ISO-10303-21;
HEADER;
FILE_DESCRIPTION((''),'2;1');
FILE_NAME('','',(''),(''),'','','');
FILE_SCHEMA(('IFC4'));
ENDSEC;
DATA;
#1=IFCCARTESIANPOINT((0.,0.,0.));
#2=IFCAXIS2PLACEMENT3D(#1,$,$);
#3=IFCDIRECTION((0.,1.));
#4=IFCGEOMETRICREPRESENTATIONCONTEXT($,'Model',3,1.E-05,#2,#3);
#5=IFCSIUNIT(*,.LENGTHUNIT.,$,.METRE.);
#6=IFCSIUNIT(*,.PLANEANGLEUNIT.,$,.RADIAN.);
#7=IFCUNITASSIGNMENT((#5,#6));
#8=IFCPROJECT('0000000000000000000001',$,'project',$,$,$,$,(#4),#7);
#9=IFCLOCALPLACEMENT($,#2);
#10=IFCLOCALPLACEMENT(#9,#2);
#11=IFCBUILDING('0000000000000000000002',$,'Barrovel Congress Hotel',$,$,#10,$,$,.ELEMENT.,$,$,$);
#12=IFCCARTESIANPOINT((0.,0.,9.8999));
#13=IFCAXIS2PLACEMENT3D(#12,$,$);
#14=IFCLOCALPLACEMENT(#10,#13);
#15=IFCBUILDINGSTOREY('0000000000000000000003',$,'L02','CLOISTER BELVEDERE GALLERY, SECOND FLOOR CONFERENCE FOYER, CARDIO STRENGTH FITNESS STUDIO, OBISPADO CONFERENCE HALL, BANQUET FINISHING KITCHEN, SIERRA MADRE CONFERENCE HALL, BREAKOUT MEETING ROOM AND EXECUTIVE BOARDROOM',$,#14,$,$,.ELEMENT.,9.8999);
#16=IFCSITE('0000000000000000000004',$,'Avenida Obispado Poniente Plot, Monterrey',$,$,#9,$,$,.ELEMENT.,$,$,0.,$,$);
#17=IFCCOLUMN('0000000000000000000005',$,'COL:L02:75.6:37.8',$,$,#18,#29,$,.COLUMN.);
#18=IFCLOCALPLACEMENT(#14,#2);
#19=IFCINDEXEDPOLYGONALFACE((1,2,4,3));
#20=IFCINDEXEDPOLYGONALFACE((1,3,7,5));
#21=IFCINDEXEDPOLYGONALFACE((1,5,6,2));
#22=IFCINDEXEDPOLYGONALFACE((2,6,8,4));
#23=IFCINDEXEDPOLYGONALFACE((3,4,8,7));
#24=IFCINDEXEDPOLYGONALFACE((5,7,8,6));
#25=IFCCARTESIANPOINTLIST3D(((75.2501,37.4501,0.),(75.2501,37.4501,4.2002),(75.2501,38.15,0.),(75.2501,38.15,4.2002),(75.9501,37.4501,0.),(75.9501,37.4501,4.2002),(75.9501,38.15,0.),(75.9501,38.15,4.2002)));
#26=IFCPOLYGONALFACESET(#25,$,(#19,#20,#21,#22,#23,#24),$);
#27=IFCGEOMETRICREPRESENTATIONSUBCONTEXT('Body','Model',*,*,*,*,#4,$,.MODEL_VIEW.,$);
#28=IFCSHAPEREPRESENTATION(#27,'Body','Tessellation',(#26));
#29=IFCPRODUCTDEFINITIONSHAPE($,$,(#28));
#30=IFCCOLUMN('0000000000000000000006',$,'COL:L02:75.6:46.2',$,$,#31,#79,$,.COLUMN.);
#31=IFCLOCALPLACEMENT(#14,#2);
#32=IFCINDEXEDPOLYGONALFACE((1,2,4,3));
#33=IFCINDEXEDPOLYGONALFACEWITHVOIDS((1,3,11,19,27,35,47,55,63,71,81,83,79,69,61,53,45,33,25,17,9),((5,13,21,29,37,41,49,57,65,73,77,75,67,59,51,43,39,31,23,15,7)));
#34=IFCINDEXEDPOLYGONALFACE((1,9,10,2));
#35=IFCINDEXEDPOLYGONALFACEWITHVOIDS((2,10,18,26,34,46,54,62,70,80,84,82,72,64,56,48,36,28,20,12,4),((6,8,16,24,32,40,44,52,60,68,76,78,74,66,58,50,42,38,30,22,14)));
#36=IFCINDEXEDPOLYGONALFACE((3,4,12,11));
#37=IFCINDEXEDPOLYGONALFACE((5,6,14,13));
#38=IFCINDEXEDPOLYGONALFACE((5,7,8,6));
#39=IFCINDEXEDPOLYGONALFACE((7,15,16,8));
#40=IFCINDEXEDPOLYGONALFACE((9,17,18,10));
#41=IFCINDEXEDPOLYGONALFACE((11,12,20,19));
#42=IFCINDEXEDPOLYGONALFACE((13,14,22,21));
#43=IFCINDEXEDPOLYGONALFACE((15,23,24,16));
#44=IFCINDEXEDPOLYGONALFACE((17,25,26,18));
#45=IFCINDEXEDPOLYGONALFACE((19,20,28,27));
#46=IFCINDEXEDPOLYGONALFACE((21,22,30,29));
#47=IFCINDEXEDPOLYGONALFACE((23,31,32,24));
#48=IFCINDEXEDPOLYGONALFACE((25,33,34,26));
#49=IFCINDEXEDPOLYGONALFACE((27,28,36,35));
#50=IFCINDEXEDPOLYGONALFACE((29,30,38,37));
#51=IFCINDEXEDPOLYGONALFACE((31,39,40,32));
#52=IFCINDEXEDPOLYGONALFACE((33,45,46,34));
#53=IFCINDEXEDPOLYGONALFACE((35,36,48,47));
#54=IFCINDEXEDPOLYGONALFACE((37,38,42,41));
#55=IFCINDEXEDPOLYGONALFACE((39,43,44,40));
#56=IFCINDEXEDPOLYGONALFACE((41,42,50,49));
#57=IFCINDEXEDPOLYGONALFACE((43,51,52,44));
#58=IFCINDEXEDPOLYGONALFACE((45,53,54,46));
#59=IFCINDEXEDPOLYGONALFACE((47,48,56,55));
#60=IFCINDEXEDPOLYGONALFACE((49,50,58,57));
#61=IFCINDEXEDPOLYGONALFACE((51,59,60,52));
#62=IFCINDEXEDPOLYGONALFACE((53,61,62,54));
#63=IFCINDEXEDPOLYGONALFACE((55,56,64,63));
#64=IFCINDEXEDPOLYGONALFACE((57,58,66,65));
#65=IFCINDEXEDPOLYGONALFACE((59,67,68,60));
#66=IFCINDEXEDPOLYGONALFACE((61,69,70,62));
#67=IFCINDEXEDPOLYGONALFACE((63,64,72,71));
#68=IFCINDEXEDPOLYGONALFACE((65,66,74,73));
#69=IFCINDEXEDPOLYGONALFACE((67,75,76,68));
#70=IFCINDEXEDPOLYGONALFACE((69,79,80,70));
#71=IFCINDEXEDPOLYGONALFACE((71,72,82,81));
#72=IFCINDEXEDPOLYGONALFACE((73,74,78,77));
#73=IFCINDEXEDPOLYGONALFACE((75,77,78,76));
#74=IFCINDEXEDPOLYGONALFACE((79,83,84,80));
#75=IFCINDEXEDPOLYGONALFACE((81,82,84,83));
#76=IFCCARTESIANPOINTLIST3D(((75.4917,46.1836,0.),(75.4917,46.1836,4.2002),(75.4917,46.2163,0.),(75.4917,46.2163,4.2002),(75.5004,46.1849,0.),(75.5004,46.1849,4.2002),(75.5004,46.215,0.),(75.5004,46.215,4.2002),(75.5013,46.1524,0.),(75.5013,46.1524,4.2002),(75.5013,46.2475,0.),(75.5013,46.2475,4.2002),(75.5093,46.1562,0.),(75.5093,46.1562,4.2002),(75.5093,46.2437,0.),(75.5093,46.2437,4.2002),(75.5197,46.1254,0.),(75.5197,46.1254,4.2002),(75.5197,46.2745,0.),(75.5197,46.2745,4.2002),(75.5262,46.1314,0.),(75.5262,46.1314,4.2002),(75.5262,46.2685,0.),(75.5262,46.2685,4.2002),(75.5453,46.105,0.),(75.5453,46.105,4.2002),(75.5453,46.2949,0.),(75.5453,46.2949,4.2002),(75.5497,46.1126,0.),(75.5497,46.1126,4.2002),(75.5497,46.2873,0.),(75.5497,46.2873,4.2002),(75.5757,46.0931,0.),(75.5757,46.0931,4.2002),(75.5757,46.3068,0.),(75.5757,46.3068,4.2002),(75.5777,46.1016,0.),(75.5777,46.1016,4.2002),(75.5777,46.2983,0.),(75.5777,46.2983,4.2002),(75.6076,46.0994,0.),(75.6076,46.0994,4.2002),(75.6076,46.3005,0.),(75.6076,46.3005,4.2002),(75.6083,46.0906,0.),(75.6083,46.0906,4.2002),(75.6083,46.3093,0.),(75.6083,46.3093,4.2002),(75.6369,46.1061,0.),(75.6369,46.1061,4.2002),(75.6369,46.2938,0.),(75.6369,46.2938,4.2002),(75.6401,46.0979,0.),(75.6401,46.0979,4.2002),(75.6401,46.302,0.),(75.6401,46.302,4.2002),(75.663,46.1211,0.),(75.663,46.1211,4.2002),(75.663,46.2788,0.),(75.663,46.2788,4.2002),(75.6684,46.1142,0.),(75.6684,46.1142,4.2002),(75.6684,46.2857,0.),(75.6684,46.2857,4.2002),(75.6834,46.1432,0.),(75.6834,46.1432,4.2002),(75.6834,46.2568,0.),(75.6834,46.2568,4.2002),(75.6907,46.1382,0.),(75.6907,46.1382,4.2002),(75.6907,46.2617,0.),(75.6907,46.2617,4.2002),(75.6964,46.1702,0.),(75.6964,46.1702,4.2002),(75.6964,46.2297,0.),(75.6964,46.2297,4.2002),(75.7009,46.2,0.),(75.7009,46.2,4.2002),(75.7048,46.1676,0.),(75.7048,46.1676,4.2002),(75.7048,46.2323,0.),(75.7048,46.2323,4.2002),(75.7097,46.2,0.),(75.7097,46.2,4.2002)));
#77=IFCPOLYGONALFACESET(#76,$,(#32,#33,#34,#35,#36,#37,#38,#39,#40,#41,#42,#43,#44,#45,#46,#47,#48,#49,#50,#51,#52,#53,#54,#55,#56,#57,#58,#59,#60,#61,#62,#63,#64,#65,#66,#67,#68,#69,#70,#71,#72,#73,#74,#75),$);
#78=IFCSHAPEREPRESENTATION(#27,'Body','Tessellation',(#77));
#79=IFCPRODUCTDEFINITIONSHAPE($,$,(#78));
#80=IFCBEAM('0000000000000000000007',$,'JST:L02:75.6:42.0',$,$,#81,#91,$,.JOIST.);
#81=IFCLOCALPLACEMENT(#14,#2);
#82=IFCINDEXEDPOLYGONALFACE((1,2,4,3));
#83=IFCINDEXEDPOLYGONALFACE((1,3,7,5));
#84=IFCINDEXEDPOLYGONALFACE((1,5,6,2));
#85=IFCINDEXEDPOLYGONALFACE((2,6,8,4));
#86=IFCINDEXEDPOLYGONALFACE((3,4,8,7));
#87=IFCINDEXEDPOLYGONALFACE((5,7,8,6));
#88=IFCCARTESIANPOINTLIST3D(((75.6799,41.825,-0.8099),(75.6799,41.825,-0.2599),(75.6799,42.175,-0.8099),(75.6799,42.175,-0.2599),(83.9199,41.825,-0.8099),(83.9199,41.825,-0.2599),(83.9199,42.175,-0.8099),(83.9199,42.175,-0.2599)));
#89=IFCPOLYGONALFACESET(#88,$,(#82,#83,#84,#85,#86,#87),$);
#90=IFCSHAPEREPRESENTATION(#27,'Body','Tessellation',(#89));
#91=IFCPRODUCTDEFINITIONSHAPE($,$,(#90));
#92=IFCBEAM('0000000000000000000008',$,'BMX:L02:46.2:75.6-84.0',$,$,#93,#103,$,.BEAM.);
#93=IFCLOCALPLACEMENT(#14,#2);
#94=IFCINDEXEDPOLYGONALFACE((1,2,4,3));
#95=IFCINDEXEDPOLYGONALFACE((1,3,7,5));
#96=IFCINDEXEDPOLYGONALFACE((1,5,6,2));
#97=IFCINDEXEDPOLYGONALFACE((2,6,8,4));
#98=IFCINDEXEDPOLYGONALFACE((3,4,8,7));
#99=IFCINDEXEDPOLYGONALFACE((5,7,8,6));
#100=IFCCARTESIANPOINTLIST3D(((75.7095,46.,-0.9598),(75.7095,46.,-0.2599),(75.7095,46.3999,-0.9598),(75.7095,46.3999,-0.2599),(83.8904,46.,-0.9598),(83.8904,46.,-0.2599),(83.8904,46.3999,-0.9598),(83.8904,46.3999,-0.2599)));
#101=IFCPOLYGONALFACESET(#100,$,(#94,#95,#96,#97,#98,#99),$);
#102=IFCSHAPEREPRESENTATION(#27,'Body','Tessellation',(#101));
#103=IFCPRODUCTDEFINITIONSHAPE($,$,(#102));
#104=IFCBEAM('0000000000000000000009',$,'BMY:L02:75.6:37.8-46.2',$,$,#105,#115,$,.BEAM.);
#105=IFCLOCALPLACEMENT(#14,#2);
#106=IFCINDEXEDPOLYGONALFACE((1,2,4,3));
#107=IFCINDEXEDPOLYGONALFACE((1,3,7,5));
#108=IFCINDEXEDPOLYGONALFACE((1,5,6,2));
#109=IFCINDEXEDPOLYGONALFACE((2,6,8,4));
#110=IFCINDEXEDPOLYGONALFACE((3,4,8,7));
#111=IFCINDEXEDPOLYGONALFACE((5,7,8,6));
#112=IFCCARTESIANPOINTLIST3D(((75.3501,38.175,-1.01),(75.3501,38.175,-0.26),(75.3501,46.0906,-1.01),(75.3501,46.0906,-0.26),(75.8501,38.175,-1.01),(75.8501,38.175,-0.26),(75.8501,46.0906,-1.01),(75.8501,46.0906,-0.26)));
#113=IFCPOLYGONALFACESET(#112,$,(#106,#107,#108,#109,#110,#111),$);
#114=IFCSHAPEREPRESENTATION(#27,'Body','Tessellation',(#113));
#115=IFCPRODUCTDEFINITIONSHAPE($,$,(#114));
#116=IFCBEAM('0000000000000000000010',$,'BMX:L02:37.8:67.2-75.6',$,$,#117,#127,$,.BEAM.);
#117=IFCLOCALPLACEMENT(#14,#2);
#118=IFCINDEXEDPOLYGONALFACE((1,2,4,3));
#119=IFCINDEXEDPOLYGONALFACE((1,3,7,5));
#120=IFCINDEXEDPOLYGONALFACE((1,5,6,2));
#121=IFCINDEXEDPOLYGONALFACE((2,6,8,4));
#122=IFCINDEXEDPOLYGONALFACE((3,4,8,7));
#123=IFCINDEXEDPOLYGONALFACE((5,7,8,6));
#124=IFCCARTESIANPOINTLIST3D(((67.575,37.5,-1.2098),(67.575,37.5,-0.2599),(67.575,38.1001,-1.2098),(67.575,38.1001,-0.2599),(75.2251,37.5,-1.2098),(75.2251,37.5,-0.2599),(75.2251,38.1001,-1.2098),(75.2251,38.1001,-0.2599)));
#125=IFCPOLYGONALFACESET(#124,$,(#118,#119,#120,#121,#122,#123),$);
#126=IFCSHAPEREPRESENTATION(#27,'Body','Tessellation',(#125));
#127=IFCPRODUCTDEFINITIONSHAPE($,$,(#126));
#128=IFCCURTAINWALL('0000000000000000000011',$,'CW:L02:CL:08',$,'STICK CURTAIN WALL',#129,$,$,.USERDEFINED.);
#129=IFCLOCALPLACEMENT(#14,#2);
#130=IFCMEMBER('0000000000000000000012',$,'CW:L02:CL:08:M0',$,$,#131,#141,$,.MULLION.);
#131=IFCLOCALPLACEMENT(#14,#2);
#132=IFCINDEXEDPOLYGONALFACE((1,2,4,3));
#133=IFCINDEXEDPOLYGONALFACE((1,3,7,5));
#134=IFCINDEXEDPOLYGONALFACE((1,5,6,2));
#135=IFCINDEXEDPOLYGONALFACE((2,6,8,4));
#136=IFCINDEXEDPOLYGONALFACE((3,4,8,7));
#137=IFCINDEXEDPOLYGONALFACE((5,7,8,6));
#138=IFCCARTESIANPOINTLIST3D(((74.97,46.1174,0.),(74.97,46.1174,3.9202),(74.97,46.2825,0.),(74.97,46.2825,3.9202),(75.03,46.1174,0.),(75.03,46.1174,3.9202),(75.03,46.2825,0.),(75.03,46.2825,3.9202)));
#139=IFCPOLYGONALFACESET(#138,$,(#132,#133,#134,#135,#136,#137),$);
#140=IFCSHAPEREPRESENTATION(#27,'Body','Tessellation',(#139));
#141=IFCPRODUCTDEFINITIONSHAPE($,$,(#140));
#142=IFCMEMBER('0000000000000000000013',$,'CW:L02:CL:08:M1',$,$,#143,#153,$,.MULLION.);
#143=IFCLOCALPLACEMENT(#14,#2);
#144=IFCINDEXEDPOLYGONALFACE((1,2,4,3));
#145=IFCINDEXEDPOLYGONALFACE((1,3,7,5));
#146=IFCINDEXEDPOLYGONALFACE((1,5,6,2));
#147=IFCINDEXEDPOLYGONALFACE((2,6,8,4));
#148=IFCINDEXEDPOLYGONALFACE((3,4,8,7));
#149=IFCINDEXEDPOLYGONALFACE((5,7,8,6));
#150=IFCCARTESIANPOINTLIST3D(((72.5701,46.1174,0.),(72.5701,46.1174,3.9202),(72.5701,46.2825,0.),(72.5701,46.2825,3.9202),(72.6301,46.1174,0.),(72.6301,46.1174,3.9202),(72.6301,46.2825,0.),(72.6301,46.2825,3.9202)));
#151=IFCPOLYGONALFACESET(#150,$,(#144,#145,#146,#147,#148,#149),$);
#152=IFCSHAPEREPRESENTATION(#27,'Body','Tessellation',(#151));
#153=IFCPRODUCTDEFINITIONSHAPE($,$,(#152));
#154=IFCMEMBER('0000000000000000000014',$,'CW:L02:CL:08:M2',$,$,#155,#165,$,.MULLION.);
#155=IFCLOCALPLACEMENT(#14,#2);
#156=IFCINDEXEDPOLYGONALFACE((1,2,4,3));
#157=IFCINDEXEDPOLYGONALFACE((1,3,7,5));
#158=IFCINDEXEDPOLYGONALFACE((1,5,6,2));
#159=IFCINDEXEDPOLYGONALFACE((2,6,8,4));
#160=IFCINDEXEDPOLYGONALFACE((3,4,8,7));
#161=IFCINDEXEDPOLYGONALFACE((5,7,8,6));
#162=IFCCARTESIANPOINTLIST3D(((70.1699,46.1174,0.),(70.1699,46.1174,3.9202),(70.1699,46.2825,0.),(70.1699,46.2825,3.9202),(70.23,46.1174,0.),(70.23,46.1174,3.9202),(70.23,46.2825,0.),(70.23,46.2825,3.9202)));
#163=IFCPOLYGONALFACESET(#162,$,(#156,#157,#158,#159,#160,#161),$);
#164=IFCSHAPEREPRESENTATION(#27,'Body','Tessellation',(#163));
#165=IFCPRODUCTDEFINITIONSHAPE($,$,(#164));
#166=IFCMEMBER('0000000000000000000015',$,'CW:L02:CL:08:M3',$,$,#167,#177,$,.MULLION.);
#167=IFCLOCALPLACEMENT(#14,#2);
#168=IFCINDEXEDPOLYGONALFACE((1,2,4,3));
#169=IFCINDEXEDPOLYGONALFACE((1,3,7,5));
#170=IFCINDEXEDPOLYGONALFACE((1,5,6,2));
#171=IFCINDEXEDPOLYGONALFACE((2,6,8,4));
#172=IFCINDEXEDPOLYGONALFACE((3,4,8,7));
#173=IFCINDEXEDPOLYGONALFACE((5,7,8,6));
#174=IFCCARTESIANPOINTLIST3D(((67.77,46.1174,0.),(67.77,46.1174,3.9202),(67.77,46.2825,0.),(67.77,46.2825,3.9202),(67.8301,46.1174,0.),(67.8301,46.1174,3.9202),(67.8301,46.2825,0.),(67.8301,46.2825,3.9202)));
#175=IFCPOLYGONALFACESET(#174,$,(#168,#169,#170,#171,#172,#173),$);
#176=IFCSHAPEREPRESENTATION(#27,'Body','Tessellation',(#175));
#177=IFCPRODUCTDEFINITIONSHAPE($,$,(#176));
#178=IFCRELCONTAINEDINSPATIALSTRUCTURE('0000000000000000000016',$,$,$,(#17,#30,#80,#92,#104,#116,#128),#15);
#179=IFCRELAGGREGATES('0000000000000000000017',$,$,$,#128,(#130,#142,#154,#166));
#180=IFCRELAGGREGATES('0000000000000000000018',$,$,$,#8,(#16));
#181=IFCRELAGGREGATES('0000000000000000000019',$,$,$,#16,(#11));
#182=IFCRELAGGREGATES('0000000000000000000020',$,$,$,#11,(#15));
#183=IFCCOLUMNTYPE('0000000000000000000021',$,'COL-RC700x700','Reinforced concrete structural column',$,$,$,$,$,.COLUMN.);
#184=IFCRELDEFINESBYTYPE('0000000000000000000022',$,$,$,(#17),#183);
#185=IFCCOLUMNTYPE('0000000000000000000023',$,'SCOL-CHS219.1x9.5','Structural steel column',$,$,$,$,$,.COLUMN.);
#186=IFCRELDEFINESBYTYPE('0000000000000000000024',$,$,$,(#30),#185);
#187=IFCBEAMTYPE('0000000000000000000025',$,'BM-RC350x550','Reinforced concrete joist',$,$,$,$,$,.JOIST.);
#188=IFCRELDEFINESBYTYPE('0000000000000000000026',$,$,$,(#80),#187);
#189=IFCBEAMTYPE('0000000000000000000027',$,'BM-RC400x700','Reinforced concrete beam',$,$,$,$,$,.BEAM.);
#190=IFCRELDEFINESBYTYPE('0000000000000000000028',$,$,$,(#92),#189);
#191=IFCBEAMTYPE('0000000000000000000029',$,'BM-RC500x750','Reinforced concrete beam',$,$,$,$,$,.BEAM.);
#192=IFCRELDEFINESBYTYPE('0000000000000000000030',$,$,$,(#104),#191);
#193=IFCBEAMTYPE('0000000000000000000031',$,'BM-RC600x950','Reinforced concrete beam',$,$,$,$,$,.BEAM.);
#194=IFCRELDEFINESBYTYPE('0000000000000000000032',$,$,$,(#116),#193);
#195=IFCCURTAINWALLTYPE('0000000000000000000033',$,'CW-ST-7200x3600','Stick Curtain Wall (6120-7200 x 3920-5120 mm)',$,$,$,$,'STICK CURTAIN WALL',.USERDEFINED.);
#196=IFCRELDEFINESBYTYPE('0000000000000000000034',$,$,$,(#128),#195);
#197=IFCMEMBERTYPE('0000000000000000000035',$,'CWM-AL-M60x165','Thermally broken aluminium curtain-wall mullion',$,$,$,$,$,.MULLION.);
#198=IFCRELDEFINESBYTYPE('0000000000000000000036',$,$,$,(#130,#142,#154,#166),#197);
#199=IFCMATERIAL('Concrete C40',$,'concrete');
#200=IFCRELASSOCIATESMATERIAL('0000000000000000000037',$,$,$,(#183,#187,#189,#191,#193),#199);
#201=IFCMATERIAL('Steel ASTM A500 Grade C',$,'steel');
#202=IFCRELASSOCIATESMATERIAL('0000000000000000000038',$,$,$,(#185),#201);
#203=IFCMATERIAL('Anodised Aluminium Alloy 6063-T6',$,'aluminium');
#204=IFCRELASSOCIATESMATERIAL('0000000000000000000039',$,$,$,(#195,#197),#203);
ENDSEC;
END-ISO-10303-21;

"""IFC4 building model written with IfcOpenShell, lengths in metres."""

from ifc_helpers import new_model, si_unit, direction, frame, origin, origin_2d, place, context, subcontext, project, spatial, rectangle, hollow_circle, extrude, material, material_profile, profile_set, type_object, element, aggregate, save


model = new_model("IFC4")

# Units and contexts
model_context = context("Model", 3, precision=1e-05, world=origin(), true_north=direction((0.0, 1.0)))
body_context = subcontext(model_context, "Body", "Model", "MODEL_VIEW")
ifc_project = project(units=[si_unit("LENGTHUNIT", "METRE"), si_unit("PLANEANGLEUNIT", "RADIAN")], contexts=[model_context])

# Site, building, storey
site_placement = place(None, origin())
site = spatial("IfcSite", under=ifc_project, at=site_placement, Name="Avenida Obispado Poniente Plot, Monterrey", CompositionType="ELEMENT", RefElevation=0.0)
building_placement = place(site_placement, origin())
building = spatial("IfcBuilding", under=site, at=building_placement, Name="Barrovel Congress Hotel", CompositionType="ELEMENT")
storey_placement = place(building_placement, frame((0.0, 0.0, 9.8999)))
storey = spatial("IfcBuildingStorey", under=building, at=storey_placement, Name="L02", Description="CLOISTER BELVEDERE GALLERY, SECOND FLOOR CONFERENCE FOYER, CARDIO STRENGTH FITNESS STUDIO, OBISPADO CONFERENCE HALL, BANQUET FINISHING KITCHEN, SIERRA MADRE CONFERENCE HALL, BREAKOUT MEETING ROOM AND EXECUTIVE BOARDROOM", CompositionType="ELEMENT", Elevation=9.8999)

# Columns
ifc_material_1 = material(Name="Concrete C40", Category="concrete")
ifc_material_profile_1 = material_profile(ifc_material_1, rectangle(XDim=0.7, YDim=0.7, at=origin_2d()), Name="RC700x700")
ifc_profile_set_1 = profile_set([ifc_material_profile_1], Name="Concrete C40")
column_type_1 = type_object("IfcColumnType", Name="COL-RC700x700", Description="Reinforced concrete structural column", PredefinedType="COLUMN", material=ifc_profile_set_1)
column_1_placement = place(storey_placement, frame((75.6001, 37.8, 0.0), z_axis=(0.0, 0.0, 1.0), x_axis=(1.0, 0.0, 0.0)))
element("IfcColumn", 1, at=column_1_placement, inside=storey, type_object=column_type_1, Name="COL:L02:75.6:37.8", PredefinedType="COLUMN", context=body_context, shape_type="SweptSolid", body=[
    extrude(rectangle(XDim=0.7, YDim=0.7, at=origin_2d()), origin(), (0.0, 0.0, 1.0), 4.2002),
])
ifc_material_2 = material(Name="Steel ASTM A500 Grade C", Category="steel")
ifc_material_profile_2 = material_profile(ifc_material_2, hollow_circle(Radius=0.1096, WallThickness=0.0088, at=origin_2d()), Name="CHS219.1x9.5")
ifc_profile_set_2 = profile_set([ifc_material_profile_2], Name="Steel ASTM A500 Grade C")
column_type_2 = type_object("IfcColumnType", Name="SCOL-CHS219.1x9.5", Description="Structural steel column", PredefinedType="COLUMN", material=ifc_profile_set_2)
column_2_placement = place(storey_placement, frame((75.6001, 46.2, 0.0), z_axis=(0.0, 0.0, 1.0), x_axis=(1.0, 0.0, 0.0)))
element("IfcColumn", 2, at=column_2_placement, inside=storey, type_object=column_type_2, Name="COL:L02:75.6:46.2", PredefinedType="COLUMN", context=body_context, shape_type="SweptSolid", body=[
    extrude(hollow_circle(Radius=0.1096, WallThickness=0.0088, at=origin_2d()), origin(), (0.0, 0.0, 1.0), 4.2002),
])

# Beams
ifc_material_profile_3 = material_profile(ifc_material_1, rectangle(XDim=0.3501, YDim=0.55, at=origin_2d()), Name="RC350x550")
ifc_profile_set_3 = profile_set([ifc_material_profile_3], Name="Concrete C40")
beam_type_1 = type_object("IfcBeamType", Name="BM-RC350x550", Description="Reinforced concrete joist", PredefinedType="JOIST", material=ifc_profile_set_3)
beam_1_placement = place(storey_placement, frame((75.6799, 42.0, -0.5349), z_axis=(1.0, 0.0, 0.0), x_axis=(0.0, 1.0, 0.0)))
element("IfcBeam", 3, at=beam_1_placement, inside=storey, type_object=beam_type_1, Name="JST:L02:75.6:42.0", PredefinedType="JOIST", context=body_context, shape_type="SweptSolid", body=[
    extrude(rectangle(XDim=0.3501, YDim=0.55, at=origin_2d()), origin(), (0.0, 0.0, 1.0), 8.24),
])
ifc_material_profile_4 = material_profile(ifc_material_1, rectangle(XDim=0.3999, YDim=0.7, at=origin_2d()), Name="RC400x700")
ifc_profile_set_4 = profile_set([ifc_material_profile_4], Name="Concrete C40")
beam_type_2 = type_object("IfcBeamType", Name="BM-RC400x700", Description="Reinforced concrete beam", PredefinedType="BEAM", material=ifc_profile_set_4)
beam_2_placement = place(storey_placement, frame((75.7095, 46.2, -0.6099), z_axis=(1.0, 0.0, 0.0), x_axis=(0.0, 1.0, 0.0)))
element("IfcBeam", 4, at=beam_2_placement, inside=storey, type_object=beam_type_2, Name="BMX:L02:46.2:75.6-84.0", PredefinedType="BEAM", context=body_context, shape_type="SweptSolid", body=[
    extrude(rectangle(XDim=0.3999, YDim=0.7, at=origin_2d()), origin(), (0.0, 0.0, 1.0), 8.1809),
])
ifc_material_profile_5 = material_profile(ifc_material_1, rectangle(XDim=0.5, YDim=0.75, at=origin_2d()), Name="RC500x750")
ifc_profile_set_5 = profile_set([ifc_material_profile_5], Name="Concrete C40")
beam_type_3 = type_object("IfcBeamType", Name="BM-RC500x750", Description="Reinforced concrete beam", PredefinedType="BEAM", material=ifc_profile_set_5)
beam_3_placement = place(storey_placement, frame((75.6001, 38.175, -0.635), z_axis=(0.0, 1.0, 0.0), x_axis=(-1.0, 0.0, 0.0)))
element("IfcBeam", 5, at=beam_3_placement, inside=storey, type_object=beam_type_3, Name="BMY:L02:75.6:37.8-46.2", PredefinedType="BEAM", context=body_context, shape_type="SweptSolid", body=[
    extrude(rectangle(XDim=0.5, YDim=0.75, at=origin_2d()), origin(), (0.0, 0.0, 1.0), 7.9155),
])
ifc_material_profile_6 = material_profile(ifc_material_1, rectangle(XDim=0.6001, YDim=0.95, at=origin_2d()), Name="RC600x950")
ifc_profile_set_6 = profile_set([ifc_material_profile_6], Name="Concrete C40")
beam_type_4 = type_object("IfcBeamType", Name="BM-RC600x950", Description="Reinforced concrete beam", PredefinedType="BEAM", material=ifc_profile_set_6)
beam_4_placement = place(storey_placement, frame((67.575, 37.8, -0.7349), z_axis=(1.0, 0.0, 0.0), x_axis=(0.0, 1.0, 0.0)))
element("IfcBeam", 6, at=beam_4_placement, inside=storey, type_object=beam_type_4, Name="BMX:L02:37.8:67.2-75.6", PredefinedType="BEAM", context=body_context, shape_type="SweptSolid", body=[
    extrude(rectangle(XDim=0.6001, YDim=0.95, at=origin_2d()), origin(), (0.0, 0.0, 1.0), 7.6501),
])

# Curtain wall, members
ifc_material_3 = material(Name="Anodised Aluminium Alloy 6063-T6", Category="aluminium")
curtain_wall_type = type_object("IfcCurtainWallType", Name="CW-ST-7200x3600", Description="Stick Curtain Wall (6120-7200 x 3920-5120 mm)", ElementType="STICK CURTAIN WALL", PredefinedType="USERDEFINED", material=ifc_material_3)
curtain_wall_1_placement = place(storey_placement, origin())
curtain_wall_1 = element("IfcCurtainWall", 7, at=curtain_wall_1_placement, inside=storey, type_object=curtain_wall_type, Name="CW:L02:CL:08", ObjectType="STICK CURTAIN WALL", PredefinedType="USERDEFINED")
ifc_material_profile_7 = material_profile(ifc_material_3, rectangle(XDim=0.0601, YDim=0.165, at=origin_2d()), Name="AL-M60x165")
ifc_profile_set_7 = profile_set([ifc_material_profile_7], Name="Anodised Aluminium Alloy 6063-T6")
member_type_1 = type_object("IfcMemberType", Name="CWM-AL-M60x165", Description="Thermally broken aluminium curtain-wall mullion", PredefinedType="MULLION", material=ifc_profile_set_7)
member_1_placement = place(storey_placement, frame((75.0, 46.2, 0.0), z_axis=(0.0, 0.0, 1.0), x_axis=(1.0, 0.0, 0.0)))
member_1 = element("IfcMember", 8, at=member_1_placement, type_object=member_type_1, Name="CW:L02:CL:08:M0", PredefinedType="MULLION", context=body_context, shape_type="SweptSolid", body=[
    extrude(rectangle(XDim=0.0601, YDim=0.165, at=origin_2d()), origin(), (0.0, 0.0, 1.0), 3.9202),
])
member_2_placement = place(storey_placement, frame((72.6001, 46.2, 0.0), z_axis=(0.0, 0.0, 1.0), x_axis=(1.0, 0.0, 0.0)))
member_2 = element("IfcMember", 9, at=member_2_placement, type_object=member_type_1, Name="CW:L02:CL:08:M1", PredefinedType="MULLION", context=body_context, shape_type="SweptSolid", body=[
    extrude(rectangle(XDim=0.0601, YDim=0.165, at=origin_2d()), origin(), (0.0, 0.0, 1.0), 3.9202),
])
member_3_placement = place(storey_placement, frame((70.2, 46.2, 0.0), z_axis=(0.0, 0.0, 1.0), x_axis=(1.0, 0.0, 0.0)))
member_3 = element("IfcMember", 10, at=member_3_placement, type_object=member_type_1, Name="CW:L02:CL:08:M2", PredefinedType="MULLION", context=body_context, shape_type="SweptSolid", body=[
    extrude(rectangle(XDim=0.0601, YDim=0.165, at=origin_2d()), origin(), (0.0, 0.0, 1.0), 3.9202),
])
member_4_placement = place(storey_placement, frame((67.8, 46.2, 0.0), z_axis=(0.0, 0.0, 1.0), x_axis=(1.0, 0.0, 0.0)))
member_4 = element("IfcMember", 11, at=member_4_placement, type_object=member_type_1, Name="CW:L02:CL:08:M3", PredefinedType="MULLION", context=body_context, shape_type="SweptSolid", body=[
    extrude(rectangle(XDim=0.0601, YDim=0.165, at=origin_2d()), origin(), (0.0, 0.0, 1.0), 3.9202),
])

aggregate(curtain_wall_1, [member_1, member_2, member_3, member_4])

save(model, "model.ifc")
